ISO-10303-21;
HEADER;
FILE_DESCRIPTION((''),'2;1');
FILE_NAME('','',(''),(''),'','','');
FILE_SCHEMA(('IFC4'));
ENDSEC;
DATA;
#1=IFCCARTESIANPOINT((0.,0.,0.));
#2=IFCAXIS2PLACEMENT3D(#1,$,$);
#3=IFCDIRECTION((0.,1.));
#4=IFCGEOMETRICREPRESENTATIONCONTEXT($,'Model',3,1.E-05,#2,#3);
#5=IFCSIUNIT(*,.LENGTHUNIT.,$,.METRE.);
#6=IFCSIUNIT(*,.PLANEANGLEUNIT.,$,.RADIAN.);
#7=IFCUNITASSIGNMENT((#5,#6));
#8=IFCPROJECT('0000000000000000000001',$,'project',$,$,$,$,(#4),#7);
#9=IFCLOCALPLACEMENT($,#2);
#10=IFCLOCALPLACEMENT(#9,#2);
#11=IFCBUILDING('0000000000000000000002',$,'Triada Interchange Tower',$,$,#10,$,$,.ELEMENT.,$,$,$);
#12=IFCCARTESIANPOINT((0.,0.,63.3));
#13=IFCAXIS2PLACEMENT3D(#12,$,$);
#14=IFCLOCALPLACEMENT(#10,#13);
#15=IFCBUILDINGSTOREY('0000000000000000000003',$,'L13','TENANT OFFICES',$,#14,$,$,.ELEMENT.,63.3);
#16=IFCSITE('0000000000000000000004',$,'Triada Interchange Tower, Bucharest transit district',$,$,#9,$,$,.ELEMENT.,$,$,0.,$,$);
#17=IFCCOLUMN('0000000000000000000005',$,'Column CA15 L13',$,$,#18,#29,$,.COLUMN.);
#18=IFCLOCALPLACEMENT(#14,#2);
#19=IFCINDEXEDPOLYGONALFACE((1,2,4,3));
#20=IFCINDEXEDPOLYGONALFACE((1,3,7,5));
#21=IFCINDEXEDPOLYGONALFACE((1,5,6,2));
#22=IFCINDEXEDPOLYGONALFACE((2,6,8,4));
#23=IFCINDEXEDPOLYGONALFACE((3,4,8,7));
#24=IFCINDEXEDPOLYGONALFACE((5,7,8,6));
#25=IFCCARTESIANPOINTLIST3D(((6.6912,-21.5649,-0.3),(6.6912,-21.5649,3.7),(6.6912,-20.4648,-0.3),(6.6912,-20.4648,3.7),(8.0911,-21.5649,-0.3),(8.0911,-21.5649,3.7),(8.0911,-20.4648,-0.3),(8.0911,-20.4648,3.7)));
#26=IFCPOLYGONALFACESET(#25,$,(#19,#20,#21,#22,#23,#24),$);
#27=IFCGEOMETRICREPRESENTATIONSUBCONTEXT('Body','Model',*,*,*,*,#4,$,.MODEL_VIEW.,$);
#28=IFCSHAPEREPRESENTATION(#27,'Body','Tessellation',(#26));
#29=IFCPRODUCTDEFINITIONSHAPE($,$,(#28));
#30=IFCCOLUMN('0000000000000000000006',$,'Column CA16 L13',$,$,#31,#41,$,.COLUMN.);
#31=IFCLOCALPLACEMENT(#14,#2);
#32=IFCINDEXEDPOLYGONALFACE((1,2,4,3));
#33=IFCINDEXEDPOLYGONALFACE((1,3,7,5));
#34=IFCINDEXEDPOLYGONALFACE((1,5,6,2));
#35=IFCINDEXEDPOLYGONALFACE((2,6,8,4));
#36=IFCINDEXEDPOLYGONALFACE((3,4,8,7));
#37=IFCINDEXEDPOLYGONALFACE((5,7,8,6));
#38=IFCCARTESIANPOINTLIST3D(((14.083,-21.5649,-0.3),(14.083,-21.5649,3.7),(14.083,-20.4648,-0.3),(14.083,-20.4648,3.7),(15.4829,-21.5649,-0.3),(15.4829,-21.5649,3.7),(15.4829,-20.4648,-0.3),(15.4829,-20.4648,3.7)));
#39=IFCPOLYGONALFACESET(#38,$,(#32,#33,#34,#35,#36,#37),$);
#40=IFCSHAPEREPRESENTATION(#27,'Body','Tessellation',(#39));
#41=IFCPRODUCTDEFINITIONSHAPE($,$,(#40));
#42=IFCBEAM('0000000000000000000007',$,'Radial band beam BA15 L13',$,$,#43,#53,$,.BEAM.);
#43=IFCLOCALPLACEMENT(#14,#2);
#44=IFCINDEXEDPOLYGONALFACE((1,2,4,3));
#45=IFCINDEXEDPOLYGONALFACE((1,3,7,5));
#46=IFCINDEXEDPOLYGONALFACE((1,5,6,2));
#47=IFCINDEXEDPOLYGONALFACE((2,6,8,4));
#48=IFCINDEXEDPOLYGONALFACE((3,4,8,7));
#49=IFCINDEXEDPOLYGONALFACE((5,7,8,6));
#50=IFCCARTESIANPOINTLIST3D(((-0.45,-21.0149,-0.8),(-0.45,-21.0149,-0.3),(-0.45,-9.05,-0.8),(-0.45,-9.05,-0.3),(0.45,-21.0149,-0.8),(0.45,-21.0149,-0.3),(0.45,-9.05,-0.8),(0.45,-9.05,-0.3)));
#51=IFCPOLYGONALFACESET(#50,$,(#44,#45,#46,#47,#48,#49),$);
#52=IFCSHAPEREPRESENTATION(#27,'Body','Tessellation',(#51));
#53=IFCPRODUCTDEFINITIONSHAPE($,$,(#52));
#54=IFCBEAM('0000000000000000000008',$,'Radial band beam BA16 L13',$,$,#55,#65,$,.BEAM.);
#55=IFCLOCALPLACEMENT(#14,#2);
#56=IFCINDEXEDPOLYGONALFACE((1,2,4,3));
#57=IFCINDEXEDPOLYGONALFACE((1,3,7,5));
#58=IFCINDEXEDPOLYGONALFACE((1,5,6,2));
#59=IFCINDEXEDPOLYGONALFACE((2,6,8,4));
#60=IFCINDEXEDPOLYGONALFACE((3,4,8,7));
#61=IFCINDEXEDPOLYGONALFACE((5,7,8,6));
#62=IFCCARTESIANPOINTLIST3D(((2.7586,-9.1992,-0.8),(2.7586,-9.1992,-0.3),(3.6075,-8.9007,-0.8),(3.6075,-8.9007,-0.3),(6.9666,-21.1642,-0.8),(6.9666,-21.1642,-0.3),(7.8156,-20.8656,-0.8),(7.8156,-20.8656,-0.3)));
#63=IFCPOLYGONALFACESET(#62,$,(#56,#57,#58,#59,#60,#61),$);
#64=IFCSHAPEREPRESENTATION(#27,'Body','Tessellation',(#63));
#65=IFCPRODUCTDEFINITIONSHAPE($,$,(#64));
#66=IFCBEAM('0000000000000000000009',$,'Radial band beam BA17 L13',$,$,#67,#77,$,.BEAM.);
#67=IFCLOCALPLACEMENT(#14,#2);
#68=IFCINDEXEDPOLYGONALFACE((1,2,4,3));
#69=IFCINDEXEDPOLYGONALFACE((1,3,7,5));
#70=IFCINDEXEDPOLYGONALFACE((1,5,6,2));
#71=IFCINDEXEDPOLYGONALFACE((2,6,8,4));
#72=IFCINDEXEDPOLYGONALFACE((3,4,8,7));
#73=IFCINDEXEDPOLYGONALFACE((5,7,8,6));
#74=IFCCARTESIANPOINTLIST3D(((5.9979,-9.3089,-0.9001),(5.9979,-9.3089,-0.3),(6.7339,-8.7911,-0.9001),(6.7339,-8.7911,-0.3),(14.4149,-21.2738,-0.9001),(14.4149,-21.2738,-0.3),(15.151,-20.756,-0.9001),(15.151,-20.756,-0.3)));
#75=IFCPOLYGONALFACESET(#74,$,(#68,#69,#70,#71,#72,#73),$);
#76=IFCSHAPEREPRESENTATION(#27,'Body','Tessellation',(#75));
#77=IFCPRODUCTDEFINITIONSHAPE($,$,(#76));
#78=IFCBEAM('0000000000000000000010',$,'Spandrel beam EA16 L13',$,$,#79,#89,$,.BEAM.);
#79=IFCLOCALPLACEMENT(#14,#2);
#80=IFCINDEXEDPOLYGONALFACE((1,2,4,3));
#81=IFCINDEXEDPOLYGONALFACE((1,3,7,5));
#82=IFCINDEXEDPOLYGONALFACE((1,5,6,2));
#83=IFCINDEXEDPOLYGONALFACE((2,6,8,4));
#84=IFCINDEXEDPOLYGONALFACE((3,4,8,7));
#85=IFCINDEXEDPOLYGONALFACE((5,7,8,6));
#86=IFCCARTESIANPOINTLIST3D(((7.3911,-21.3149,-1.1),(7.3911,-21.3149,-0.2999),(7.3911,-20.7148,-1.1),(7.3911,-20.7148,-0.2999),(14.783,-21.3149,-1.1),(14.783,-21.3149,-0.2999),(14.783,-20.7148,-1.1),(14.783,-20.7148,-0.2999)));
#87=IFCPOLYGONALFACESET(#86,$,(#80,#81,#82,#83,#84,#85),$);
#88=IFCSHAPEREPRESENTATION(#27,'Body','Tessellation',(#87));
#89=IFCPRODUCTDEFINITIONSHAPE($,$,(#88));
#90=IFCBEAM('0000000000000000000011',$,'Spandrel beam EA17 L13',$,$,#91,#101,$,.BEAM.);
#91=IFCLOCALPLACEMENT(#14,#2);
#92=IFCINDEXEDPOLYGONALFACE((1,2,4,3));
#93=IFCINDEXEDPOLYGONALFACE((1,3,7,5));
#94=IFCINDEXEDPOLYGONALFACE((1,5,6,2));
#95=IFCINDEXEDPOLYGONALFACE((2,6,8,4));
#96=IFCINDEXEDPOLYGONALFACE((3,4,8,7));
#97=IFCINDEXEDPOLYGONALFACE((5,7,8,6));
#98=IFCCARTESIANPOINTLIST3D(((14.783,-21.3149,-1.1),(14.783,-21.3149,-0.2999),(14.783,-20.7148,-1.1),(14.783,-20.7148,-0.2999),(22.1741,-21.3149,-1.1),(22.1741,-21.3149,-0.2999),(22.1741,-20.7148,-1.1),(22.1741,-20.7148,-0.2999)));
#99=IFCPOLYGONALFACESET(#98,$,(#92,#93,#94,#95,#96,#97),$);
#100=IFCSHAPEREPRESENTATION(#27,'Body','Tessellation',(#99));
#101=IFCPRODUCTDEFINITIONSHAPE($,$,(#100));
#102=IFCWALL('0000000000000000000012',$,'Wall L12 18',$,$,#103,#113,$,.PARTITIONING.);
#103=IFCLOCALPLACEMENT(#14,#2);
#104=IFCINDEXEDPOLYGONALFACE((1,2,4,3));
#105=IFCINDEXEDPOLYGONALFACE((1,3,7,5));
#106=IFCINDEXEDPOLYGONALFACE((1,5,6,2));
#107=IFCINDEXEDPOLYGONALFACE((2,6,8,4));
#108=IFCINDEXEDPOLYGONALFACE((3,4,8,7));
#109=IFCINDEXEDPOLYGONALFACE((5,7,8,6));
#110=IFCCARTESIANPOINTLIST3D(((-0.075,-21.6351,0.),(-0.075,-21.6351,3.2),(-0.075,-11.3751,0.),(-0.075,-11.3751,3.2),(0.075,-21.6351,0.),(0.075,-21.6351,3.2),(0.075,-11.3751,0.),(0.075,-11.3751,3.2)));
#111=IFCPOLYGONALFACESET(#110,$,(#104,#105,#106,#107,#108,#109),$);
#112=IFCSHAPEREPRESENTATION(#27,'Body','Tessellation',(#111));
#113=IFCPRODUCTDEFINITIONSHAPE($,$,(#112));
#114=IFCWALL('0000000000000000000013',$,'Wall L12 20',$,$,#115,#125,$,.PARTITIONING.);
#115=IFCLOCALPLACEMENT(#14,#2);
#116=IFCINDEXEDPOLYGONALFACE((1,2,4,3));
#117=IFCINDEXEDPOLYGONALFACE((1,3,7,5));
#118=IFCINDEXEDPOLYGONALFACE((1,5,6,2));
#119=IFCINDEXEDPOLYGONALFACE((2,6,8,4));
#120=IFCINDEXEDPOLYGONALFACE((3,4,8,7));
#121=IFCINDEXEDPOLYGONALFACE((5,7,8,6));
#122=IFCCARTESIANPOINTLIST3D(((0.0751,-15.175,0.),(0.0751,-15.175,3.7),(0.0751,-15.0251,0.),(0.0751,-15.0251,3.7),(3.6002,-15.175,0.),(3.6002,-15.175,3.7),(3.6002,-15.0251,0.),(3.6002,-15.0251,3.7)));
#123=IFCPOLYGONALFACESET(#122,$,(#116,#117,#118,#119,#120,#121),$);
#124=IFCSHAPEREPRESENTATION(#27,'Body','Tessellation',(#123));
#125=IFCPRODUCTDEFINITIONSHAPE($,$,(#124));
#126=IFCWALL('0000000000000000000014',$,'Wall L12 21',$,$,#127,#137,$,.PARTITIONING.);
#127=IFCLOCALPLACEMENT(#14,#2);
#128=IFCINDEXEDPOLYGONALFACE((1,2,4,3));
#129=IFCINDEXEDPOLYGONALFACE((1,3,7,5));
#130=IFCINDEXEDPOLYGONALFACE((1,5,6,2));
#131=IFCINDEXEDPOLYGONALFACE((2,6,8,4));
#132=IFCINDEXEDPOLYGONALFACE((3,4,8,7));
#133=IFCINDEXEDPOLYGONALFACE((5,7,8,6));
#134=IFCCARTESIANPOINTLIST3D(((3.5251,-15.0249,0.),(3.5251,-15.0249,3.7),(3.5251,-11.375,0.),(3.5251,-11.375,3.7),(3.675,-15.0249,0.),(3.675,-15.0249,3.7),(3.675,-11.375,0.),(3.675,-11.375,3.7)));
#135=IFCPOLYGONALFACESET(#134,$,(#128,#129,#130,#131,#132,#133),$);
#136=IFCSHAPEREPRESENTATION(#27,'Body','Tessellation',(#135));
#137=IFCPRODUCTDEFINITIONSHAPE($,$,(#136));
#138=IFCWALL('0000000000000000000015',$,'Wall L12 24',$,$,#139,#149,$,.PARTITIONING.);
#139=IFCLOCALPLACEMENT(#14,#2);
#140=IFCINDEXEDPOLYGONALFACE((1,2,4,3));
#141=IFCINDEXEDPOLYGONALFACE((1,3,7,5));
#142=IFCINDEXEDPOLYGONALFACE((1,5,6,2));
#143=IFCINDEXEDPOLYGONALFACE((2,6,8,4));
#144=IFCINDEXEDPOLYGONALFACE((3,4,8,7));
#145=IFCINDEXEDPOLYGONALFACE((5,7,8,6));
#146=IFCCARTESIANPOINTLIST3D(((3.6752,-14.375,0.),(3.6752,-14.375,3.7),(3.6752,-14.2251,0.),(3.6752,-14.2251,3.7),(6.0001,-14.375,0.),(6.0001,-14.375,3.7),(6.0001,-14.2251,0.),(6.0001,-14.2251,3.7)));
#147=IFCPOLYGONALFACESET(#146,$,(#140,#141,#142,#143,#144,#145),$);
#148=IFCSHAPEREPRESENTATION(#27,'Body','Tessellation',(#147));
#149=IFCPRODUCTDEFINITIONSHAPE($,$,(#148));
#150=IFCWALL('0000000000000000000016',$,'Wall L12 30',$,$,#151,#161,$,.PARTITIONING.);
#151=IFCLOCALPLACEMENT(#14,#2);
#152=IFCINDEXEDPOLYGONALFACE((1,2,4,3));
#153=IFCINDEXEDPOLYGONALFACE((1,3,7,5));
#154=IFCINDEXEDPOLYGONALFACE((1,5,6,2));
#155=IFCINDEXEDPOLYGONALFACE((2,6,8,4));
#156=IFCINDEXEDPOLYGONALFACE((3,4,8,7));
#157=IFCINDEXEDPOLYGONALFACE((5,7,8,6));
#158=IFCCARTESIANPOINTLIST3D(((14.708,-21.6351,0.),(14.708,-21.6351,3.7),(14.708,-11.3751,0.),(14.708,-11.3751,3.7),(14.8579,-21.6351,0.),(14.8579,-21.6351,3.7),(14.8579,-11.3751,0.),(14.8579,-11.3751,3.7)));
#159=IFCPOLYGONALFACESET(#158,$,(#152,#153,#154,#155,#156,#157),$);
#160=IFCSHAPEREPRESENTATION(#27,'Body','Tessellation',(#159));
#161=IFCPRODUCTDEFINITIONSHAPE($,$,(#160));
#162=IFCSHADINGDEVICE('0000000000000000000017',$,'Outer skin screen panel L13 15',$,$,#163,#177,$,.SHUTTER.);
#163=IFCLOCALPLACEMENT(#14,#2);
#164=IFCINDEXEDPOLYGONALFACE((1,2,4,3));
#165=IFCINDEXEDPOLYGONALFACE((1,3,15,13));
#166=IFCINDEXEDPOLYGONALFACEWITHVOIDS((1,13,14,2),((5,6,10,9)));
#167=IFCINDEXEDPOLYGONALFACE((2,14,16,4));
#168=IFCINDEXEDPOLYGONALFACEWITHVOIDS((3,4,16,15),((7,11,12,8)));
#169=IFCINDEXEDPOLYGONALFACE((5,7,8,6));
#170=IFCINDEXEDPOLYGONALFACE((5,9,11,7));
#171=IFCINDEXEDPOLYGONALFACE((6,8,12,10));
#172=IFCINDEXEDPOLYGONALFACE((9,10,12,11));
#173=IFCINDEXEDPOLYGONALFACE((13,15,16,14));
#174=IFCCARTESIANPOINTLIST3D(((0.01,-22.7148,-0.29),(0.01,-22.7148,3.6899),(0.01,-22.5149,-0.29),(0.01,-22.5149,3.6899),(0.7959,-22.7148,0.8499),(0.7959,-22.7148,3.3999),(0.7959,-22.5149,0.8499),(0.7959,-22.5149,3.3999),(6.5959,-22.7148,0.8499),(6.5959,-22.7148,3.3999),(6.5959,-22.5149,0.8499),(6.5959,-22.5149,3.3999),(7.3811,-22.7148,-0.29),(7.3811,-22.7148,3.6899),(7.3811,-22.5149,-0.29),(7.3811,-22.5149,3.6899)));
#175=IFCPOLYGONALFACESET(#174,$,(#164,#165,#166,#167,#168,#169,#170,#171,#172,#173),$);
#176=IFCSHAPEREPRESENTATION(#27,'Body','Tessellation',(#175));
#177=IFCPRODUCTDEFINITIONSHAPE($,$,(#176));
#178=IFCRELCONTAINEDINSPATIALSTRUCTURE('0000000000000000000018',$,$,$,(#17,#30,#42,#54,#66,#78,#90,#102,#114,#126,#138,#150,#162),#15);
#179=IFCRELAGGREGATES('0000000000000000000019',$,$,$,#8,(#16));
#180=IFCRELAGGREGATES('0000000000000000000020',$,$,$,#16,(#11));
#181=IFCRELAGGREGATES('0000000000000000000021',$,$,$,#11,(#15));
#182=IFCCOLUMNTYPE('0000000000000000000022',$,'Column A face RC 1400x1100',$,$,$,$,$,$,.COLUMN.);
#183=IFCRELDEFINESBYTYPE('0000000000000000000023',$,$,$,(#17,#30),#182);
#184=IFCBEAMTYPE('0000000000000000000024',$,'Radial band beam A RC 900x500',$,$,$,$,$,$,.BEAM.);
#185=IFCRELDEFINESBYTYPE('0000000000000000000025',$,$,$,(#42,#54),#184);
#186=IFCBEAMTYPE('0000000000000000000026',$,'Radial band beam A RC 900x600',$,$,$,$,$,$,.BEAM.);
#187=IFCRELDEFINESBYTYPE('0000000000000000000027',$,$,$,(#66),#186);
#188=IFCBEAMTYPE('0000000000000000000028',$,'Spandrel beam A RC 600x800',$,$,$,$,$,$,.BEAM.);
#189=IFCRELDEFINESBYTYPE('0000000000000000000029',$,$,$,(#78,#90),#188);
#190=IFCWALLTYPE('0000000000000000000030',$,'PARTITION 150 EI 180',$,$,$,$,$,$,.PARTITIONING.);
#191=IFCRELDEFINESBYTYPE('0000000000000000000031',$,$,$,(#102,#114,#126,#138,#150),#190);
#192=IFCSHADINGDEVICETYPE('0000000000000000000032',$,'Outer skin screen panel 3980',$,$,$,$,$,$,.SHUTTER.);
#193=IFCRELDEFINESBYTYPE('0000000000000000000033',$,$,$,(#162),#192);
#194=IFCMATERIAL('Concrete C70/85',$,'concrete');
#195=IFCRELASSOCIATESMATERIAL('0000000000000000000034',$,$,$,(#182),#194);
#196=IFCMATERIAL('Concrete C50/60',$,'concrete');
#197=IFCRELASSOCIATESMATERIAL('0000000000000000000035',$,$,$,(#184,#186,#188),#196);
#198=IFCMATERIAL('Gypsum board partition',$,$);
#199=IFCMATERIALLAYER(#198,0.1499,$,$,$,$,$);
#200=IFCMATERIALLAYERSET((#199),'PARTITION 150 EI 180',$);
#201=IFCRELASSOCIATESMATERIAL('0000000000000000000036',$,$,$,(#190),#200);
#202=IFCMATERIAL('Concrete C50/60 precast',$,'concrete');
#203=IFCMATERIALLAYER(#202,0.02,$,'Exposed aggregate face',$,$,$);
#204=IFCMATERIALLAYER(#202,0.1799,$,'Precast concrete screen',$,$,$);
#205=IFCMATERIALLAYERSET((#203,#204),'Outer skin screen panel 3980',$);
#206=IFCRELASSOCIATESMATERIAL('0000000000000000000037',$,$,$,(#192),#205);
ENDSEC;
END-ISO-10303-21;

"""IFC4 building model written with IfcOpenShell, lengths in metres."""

from ifc_helpers import new_model, si_unit, direction, frame, frame_2d, origin, origin_2d, place, context, subcontext, project, spatial, polyline, rectangle, outline, extrude, material, layer, layer_set, material_profile, profile_set, type_object, element, save


model = new_model("IFC4")

# Units and contexts
model_context = context("Model", 3, precision=1e-05, world=origin(), true_north=direction((0.0, 1.0)))
body_context = subcontext(model_context, "Body", "Model", "MODEL_VIEW")
ifc_project = project(units=[si_unit("LENGTHUNIT", "METRE"), si_unit("PLANEANGLEUNIT", "RADIAN")], contexts=[model_context])

# Site, building, storey
site_placement = place(None, origin())
site = spatial("IfcSite", under=ifc_project, at=site_placement, Name="Triada Interchange Tower, Bucharest transit district", CompositionType="ELEMENT", RefElevation=0.0)
building_placement = place(site_placement, origin())
building = spatial("IfcBuilding", under=site, at=building_placement, Name="Triada Interchange Tower", CompositionType="ELEMENT")
storey_placement = place(building_placement, frame((0.0, 0.0, 63.3)))
storey = spatial("IfcBuildingStorey", under=building, at=storey_placement, Name="L13", Description="TENANT OFFICES", CompositionType="ELEMENT", Elevation=63.3)

# Columns
ifc_material_1 = material(Name="Concrete C70/85", Category="concrete")
ifc_material_profile_1 = material_profile(ifc_material_1, rectangle(XDim=1.3999, YDim=1.1001, at=origin_2d()), Name="RC 1400x1100")
ifc_profile_set_1 = profile_set([ifc_material_profile_1], Name="Concrete C70/85")
column_type = type_object("IfcColumnType", Name="Column A face RC 1400x1100", PredefinedType="COLUMN", material=ifc_profile_set_1)
for number, where, z_axis, x_axis, name in (
    (1, (7.3911, -21.0149, -0.3), (0.0, 0.0, 1.0), (1.0, 0.0, 0.0), "Column CA15 L13"),
    (2, (14.783, -21.0149, -0.3), (0.0, 0.0, 1.0), (1.0, 0.0, 0.0), "Column CA16 L13"),
):
    element("IfcColumn", number, at=place(storey_placement, frame(where, z_axis=z_axis, x_axis=x_axis)), inside=storey, type_object=column_type, Name=name, PredefinedType="COLUMN", context=body_context, shape_type="SweptSolid", body=[
        extrude(rectangle(XDim=1.3999, YDim=1.1001, at=origin_2d()), origin(), (0.0, 0.0, 1.0), 4.0),
    ])

# Beams
ifc_material_2 = material(Name="Concrete C50/60", Category="concrete")
ifc_material_profile_2 = material_profile(ifc_material_2, rectangle(XDim=0.8999, YDim=0.5, at=origin_2d()), Name="RC 900x500")
ifc_profile_set_2 = profile_set([ifc_material_profile_2], Name="Concrete C50/60")
beam_type_1 = type_object("IfcBeamType", Name="Radial band beam A RC 900x500", PredefinedType="BEAM", material=ifc_profile_set_2)
beam_1_placement = place(storey_placement, frame((0.0, -21.0149, -0.55), z_axis=(0.0, 1.0, 0.0), x_axis=(-1.0, 0.0, 0.0)))
element("IfcBeam", 3, at=beam_1_placement, inside=storey, type_object=beam_type_1, Name="Radial band beam BA15 L13", PredefinedType="BEAM", context=body_context, shape_type="SweptSolid", body=[
    extrude(rectangle(XDim=0.8999, YDim=0.5, at=origin_2d()), origin(), (0.0, 0.0, 1.0), 11.9648),
])
beam_2_placement = place(storey_placement, frame((7.3911, -21.0149, -0.55), z_axis=(-0.331777, 0.943358, 0.0), x_axis=(-0.943358, -0.331777, 0.0)))
element("IfcBeam", 4, at=beam_2_placement, inside=storey, type_object=beam_type_1, Name="Radial band beam BA16 L13", PredefinedType="BEAM", context=body_context, shape_type="SweptSolid", body=[
    extrude(rectangle(XDim=0.8999, YDim=0.5, at=origin_2d()), origin(), (0.0, 0.0, 1.0), 12.6833),
])
ifc_material_profile_3 = material_profile(ifc_material_2, rectangle(XDim=0.8999, YDim=0.6001, at=origin_2d()), Name="RC 900x600")
ifc_profile_set_3 = profile_set([ifc_material_profile_3], Name="Concrete C50/60")
beam_type_2 = type_object("IfcBeamType", Name="Radial band beam A RC 900x600", PredefinedType="BEAM", material=ifc_profile_set_3)
beam_3_placement = place(storey_placement, frame((14.783, -21.0149, -0.6001), z_axis=(-0.575369, 0.817894, 0.0), x_axis=(-0.817894, -0.575369, 0.0)))
element("IfcBeam", 5, at=beam_3_placement, inside=storey, type_object=beam_type_2, Name="Radial band beam BA17 L13", PredefinedType="BEAM", context=body_context, shape_type="SweptSolid", body=[
    extrude(rectangle(XDim=0.8999, YDim=0.6001, at=origin_2d()), origin(), (0.0, 0.0, 1.0), 14.6289),
])
ifc_material_profile_4 = material_profile(ifc_material_2, rectangle(XDim=0.6001, YDim=0.8, at=origin_2d()), Name="RC 600x800")
ifc_profile_set_4 = profile_set([ifc_material_profile_4], Name="Concrete C50/60")
beam_type_3 = type_object("IfcBeamType", Name="Spandrel beam A RC 600x800", PredefinedType="BEAM", material=ifc_profile_set_4)
beam_4_placement = place(storey_placement, frame((7.3911, -21.0149, -0.7), z_axis=(1.0, 0.0, 0.0), x_axis=(0.0, 1.0, 0.0)))
element("IfcBeam", 6, at=beam_4_placement, inside=storey, type_object=beam_type_3, Name="Spandrel beam EA16 L13", PredefinedType="BEAM", context=body_context, shape_type="SweptSolid", body=[
    extrude(rectangle(XDim=0.6001, YDim=0.8, at=origin_2d()), origin(), (0.0, 0.0, 1.0), 7.3918),
])
beam_5_placement = place(storey_placement, frame((14.783, -21.0149, -0.7), z_axis=(1.0, 0.0, 0.0), x_axis=(0.0, 1.0, 0.0)))
element("IfcBeam", 7, at=beam_5_placement, inside=storey, type_object=beam_type_3, Name="Spandrel beam EA17 L13", PredefinedType="BEAM", context=body_context, shape_type="SweptSolid", body=[
    extrude(rectangle(XDim=0.6001, YDim=0.8, at=origin_2d()), origin(), (0.0, 0.0, 1.0), 7.3911),
])

# Walls
ifc_material_3 = material(Name="Gypsum board partition")
ifc_layer_1 = layer(ifc_material_3, 0.1499)
ifc_layer_set_1 = layer_set([ifc_layer_1], Name="PARTITION 150 EI 180")
wall_type = type_object("IfcWallType", Name="PARTITION 150 EI 180", PredefinedType="PARTITIONING", material=ifc_layer_set_1)
wall_1_placement = place(storey_placement, frame((0.0, -21.635, 0.0), z_axis=(0.0, 0.0, 1.0), x_axis=(0.0, 1.0, 0.0)))
element("IfcWall", 8, at=wall_1_placement, inside=storey, type_object=wall_type, Name="Wall L12 18", PredefinedType="PARTITIONING", context=body_context, shape_type="SweptSolid", body=[
    extrude(rectangle(XDim=10.26, YDim=0.1499, at=frame_2d((5.1299, 0.0))), origin(), (0.0, 0.0, 1.0), 3.2),
])
wall_2_placement = place(storey_placement, frame((0.075, -15.1001, 0.0), z_axis=(0.0, 0.0, 1.0), x_axis=(1.0, 0.0, 0.0)))
element("IfcWall", 9, at=wall_2_placement, inside=storey, type_object=wall_type, Name="Wall L12 20", PredefinedType="PARTITIONING", context=body_context, shape_type="SweptSolid", body=[
    extrude(rectangle(XDim=3.5251, YDim=0.1499, at=frame_2d((1.7627, 0.0))), origin(), (0.0, 0.0, 1.0), 3.7),
])
wall_3_placement = place(storey_placement, frame((3.6001, -15.0249, 0.0), z_axis=(0.0, 0.0, 1.0), x_axis=(0.0, 1.0, 0.0)))
element("IfcWall", 10, at=wall_3_placement, inside=storey, type_object=wall_type, Name="Wall L12 21", PredefinedType="PARTITIONING", context=body_context, shape_type="SweptSolid", body=[
    extrude(rectangle(XDim=3.6499, YDim=0.1499, at=frame_2d((1.825, 0.0))), origin(), (0.0, 0.0, 1.0), 3.7),
])
wall_4_placement = place(storey_placement, frame((3.675, -14.3, 0.0), z_axis=(0.0, 0.0, 1.0), x_axis=(1.0, 0.0, 0.0)))
element("IfcWall", 11, at=wall_4_placement, inside=storey, type_object=wall_type, Name="Wall L12 24", PredefinedType="PARTITIONING", context=body_context, shape_type="SweptSolid", body=[
    extrude(rectangle(XDim=2.325, YDim=0.1499, at=frame_2d((1.1626, 0.0))), origin(), (0.0, 0.0, 1.0), 3.7),
])
wall_5_placement = place(storey_placement, frame((14.783, -21.635, 0.0), z_axis=(0.0, 0.0, 1.0), x_axis=(0.0, 1.0, 0.0)))
element("IfcWall", 12, at=wall_5_placement, inside=storey, type_object=wall_type, Name="Wall L12 30", PredefinedType="PARTITIONING", context=body_context, shape_type="SweptSolid", body=[
    extrude(rectangle(XDim=10.26, YDim=0.1499, at=frame_2d((5.1299, 0.0))), origin(), (0.0, 0.0, 1.0), 3.7),
])

# Shading device
ifc_material_4 = material(Name="Concrete C50/60 precast", Category="concrete")
ifc_layer_2 = layer(ifc_material_4, 0.02, Name="Exposed aggregate face")
ifc_layer_3 = layer(ifc_material_4, 0.1799, Name="Precast concrete screen")
ifc_layer_set_2 = layer_set([ifc_layer_2, ifc_layer_3], Name="Outer skin screen panel 3980")
shading_device_type = type_object("IfcShadingDeviceType", Name="Outer skin screen panel 3980", PredefinedType="SHUTTER", material=ifc_layer_set_2)
shading_device_1_placement = place(storey_placement, frame((0.01, -22.5149, -0.29), z_axis=(0.0, 0.0, 1.0), x_axis=(1.0, 0.0, 0.0)))
element("IfcShadingDevice", 13, at=shading_device_1_placement, inside=storey, type_object=shading_device_type, Name="Outer skin screen panel L13 15", PredefinedType="SHUTTER", context=body_context, shape_type="SweptSolid", body=[
    extrude(outline(polyline([(0.0, 0.0), (7.3711, 0.0), (7.3711, 3.98), (0.0, 3.98), (0.0, 0.0)]), holes=[polyline([(0.7859, 1.1399), (0.7859, 3.6899), (6.5859, 3.6899), (6.5859, 1.1399), (0.7859, 1.1399)])]), frame((0.0, 0.0, 0.0), z_axis=(0.0, -1.0, 0.0), x_axis=(1.0, 0.0, 0.0)), (0.0, 0.0, 1.0), 0.2),
])

save(model, "model.ifc")
